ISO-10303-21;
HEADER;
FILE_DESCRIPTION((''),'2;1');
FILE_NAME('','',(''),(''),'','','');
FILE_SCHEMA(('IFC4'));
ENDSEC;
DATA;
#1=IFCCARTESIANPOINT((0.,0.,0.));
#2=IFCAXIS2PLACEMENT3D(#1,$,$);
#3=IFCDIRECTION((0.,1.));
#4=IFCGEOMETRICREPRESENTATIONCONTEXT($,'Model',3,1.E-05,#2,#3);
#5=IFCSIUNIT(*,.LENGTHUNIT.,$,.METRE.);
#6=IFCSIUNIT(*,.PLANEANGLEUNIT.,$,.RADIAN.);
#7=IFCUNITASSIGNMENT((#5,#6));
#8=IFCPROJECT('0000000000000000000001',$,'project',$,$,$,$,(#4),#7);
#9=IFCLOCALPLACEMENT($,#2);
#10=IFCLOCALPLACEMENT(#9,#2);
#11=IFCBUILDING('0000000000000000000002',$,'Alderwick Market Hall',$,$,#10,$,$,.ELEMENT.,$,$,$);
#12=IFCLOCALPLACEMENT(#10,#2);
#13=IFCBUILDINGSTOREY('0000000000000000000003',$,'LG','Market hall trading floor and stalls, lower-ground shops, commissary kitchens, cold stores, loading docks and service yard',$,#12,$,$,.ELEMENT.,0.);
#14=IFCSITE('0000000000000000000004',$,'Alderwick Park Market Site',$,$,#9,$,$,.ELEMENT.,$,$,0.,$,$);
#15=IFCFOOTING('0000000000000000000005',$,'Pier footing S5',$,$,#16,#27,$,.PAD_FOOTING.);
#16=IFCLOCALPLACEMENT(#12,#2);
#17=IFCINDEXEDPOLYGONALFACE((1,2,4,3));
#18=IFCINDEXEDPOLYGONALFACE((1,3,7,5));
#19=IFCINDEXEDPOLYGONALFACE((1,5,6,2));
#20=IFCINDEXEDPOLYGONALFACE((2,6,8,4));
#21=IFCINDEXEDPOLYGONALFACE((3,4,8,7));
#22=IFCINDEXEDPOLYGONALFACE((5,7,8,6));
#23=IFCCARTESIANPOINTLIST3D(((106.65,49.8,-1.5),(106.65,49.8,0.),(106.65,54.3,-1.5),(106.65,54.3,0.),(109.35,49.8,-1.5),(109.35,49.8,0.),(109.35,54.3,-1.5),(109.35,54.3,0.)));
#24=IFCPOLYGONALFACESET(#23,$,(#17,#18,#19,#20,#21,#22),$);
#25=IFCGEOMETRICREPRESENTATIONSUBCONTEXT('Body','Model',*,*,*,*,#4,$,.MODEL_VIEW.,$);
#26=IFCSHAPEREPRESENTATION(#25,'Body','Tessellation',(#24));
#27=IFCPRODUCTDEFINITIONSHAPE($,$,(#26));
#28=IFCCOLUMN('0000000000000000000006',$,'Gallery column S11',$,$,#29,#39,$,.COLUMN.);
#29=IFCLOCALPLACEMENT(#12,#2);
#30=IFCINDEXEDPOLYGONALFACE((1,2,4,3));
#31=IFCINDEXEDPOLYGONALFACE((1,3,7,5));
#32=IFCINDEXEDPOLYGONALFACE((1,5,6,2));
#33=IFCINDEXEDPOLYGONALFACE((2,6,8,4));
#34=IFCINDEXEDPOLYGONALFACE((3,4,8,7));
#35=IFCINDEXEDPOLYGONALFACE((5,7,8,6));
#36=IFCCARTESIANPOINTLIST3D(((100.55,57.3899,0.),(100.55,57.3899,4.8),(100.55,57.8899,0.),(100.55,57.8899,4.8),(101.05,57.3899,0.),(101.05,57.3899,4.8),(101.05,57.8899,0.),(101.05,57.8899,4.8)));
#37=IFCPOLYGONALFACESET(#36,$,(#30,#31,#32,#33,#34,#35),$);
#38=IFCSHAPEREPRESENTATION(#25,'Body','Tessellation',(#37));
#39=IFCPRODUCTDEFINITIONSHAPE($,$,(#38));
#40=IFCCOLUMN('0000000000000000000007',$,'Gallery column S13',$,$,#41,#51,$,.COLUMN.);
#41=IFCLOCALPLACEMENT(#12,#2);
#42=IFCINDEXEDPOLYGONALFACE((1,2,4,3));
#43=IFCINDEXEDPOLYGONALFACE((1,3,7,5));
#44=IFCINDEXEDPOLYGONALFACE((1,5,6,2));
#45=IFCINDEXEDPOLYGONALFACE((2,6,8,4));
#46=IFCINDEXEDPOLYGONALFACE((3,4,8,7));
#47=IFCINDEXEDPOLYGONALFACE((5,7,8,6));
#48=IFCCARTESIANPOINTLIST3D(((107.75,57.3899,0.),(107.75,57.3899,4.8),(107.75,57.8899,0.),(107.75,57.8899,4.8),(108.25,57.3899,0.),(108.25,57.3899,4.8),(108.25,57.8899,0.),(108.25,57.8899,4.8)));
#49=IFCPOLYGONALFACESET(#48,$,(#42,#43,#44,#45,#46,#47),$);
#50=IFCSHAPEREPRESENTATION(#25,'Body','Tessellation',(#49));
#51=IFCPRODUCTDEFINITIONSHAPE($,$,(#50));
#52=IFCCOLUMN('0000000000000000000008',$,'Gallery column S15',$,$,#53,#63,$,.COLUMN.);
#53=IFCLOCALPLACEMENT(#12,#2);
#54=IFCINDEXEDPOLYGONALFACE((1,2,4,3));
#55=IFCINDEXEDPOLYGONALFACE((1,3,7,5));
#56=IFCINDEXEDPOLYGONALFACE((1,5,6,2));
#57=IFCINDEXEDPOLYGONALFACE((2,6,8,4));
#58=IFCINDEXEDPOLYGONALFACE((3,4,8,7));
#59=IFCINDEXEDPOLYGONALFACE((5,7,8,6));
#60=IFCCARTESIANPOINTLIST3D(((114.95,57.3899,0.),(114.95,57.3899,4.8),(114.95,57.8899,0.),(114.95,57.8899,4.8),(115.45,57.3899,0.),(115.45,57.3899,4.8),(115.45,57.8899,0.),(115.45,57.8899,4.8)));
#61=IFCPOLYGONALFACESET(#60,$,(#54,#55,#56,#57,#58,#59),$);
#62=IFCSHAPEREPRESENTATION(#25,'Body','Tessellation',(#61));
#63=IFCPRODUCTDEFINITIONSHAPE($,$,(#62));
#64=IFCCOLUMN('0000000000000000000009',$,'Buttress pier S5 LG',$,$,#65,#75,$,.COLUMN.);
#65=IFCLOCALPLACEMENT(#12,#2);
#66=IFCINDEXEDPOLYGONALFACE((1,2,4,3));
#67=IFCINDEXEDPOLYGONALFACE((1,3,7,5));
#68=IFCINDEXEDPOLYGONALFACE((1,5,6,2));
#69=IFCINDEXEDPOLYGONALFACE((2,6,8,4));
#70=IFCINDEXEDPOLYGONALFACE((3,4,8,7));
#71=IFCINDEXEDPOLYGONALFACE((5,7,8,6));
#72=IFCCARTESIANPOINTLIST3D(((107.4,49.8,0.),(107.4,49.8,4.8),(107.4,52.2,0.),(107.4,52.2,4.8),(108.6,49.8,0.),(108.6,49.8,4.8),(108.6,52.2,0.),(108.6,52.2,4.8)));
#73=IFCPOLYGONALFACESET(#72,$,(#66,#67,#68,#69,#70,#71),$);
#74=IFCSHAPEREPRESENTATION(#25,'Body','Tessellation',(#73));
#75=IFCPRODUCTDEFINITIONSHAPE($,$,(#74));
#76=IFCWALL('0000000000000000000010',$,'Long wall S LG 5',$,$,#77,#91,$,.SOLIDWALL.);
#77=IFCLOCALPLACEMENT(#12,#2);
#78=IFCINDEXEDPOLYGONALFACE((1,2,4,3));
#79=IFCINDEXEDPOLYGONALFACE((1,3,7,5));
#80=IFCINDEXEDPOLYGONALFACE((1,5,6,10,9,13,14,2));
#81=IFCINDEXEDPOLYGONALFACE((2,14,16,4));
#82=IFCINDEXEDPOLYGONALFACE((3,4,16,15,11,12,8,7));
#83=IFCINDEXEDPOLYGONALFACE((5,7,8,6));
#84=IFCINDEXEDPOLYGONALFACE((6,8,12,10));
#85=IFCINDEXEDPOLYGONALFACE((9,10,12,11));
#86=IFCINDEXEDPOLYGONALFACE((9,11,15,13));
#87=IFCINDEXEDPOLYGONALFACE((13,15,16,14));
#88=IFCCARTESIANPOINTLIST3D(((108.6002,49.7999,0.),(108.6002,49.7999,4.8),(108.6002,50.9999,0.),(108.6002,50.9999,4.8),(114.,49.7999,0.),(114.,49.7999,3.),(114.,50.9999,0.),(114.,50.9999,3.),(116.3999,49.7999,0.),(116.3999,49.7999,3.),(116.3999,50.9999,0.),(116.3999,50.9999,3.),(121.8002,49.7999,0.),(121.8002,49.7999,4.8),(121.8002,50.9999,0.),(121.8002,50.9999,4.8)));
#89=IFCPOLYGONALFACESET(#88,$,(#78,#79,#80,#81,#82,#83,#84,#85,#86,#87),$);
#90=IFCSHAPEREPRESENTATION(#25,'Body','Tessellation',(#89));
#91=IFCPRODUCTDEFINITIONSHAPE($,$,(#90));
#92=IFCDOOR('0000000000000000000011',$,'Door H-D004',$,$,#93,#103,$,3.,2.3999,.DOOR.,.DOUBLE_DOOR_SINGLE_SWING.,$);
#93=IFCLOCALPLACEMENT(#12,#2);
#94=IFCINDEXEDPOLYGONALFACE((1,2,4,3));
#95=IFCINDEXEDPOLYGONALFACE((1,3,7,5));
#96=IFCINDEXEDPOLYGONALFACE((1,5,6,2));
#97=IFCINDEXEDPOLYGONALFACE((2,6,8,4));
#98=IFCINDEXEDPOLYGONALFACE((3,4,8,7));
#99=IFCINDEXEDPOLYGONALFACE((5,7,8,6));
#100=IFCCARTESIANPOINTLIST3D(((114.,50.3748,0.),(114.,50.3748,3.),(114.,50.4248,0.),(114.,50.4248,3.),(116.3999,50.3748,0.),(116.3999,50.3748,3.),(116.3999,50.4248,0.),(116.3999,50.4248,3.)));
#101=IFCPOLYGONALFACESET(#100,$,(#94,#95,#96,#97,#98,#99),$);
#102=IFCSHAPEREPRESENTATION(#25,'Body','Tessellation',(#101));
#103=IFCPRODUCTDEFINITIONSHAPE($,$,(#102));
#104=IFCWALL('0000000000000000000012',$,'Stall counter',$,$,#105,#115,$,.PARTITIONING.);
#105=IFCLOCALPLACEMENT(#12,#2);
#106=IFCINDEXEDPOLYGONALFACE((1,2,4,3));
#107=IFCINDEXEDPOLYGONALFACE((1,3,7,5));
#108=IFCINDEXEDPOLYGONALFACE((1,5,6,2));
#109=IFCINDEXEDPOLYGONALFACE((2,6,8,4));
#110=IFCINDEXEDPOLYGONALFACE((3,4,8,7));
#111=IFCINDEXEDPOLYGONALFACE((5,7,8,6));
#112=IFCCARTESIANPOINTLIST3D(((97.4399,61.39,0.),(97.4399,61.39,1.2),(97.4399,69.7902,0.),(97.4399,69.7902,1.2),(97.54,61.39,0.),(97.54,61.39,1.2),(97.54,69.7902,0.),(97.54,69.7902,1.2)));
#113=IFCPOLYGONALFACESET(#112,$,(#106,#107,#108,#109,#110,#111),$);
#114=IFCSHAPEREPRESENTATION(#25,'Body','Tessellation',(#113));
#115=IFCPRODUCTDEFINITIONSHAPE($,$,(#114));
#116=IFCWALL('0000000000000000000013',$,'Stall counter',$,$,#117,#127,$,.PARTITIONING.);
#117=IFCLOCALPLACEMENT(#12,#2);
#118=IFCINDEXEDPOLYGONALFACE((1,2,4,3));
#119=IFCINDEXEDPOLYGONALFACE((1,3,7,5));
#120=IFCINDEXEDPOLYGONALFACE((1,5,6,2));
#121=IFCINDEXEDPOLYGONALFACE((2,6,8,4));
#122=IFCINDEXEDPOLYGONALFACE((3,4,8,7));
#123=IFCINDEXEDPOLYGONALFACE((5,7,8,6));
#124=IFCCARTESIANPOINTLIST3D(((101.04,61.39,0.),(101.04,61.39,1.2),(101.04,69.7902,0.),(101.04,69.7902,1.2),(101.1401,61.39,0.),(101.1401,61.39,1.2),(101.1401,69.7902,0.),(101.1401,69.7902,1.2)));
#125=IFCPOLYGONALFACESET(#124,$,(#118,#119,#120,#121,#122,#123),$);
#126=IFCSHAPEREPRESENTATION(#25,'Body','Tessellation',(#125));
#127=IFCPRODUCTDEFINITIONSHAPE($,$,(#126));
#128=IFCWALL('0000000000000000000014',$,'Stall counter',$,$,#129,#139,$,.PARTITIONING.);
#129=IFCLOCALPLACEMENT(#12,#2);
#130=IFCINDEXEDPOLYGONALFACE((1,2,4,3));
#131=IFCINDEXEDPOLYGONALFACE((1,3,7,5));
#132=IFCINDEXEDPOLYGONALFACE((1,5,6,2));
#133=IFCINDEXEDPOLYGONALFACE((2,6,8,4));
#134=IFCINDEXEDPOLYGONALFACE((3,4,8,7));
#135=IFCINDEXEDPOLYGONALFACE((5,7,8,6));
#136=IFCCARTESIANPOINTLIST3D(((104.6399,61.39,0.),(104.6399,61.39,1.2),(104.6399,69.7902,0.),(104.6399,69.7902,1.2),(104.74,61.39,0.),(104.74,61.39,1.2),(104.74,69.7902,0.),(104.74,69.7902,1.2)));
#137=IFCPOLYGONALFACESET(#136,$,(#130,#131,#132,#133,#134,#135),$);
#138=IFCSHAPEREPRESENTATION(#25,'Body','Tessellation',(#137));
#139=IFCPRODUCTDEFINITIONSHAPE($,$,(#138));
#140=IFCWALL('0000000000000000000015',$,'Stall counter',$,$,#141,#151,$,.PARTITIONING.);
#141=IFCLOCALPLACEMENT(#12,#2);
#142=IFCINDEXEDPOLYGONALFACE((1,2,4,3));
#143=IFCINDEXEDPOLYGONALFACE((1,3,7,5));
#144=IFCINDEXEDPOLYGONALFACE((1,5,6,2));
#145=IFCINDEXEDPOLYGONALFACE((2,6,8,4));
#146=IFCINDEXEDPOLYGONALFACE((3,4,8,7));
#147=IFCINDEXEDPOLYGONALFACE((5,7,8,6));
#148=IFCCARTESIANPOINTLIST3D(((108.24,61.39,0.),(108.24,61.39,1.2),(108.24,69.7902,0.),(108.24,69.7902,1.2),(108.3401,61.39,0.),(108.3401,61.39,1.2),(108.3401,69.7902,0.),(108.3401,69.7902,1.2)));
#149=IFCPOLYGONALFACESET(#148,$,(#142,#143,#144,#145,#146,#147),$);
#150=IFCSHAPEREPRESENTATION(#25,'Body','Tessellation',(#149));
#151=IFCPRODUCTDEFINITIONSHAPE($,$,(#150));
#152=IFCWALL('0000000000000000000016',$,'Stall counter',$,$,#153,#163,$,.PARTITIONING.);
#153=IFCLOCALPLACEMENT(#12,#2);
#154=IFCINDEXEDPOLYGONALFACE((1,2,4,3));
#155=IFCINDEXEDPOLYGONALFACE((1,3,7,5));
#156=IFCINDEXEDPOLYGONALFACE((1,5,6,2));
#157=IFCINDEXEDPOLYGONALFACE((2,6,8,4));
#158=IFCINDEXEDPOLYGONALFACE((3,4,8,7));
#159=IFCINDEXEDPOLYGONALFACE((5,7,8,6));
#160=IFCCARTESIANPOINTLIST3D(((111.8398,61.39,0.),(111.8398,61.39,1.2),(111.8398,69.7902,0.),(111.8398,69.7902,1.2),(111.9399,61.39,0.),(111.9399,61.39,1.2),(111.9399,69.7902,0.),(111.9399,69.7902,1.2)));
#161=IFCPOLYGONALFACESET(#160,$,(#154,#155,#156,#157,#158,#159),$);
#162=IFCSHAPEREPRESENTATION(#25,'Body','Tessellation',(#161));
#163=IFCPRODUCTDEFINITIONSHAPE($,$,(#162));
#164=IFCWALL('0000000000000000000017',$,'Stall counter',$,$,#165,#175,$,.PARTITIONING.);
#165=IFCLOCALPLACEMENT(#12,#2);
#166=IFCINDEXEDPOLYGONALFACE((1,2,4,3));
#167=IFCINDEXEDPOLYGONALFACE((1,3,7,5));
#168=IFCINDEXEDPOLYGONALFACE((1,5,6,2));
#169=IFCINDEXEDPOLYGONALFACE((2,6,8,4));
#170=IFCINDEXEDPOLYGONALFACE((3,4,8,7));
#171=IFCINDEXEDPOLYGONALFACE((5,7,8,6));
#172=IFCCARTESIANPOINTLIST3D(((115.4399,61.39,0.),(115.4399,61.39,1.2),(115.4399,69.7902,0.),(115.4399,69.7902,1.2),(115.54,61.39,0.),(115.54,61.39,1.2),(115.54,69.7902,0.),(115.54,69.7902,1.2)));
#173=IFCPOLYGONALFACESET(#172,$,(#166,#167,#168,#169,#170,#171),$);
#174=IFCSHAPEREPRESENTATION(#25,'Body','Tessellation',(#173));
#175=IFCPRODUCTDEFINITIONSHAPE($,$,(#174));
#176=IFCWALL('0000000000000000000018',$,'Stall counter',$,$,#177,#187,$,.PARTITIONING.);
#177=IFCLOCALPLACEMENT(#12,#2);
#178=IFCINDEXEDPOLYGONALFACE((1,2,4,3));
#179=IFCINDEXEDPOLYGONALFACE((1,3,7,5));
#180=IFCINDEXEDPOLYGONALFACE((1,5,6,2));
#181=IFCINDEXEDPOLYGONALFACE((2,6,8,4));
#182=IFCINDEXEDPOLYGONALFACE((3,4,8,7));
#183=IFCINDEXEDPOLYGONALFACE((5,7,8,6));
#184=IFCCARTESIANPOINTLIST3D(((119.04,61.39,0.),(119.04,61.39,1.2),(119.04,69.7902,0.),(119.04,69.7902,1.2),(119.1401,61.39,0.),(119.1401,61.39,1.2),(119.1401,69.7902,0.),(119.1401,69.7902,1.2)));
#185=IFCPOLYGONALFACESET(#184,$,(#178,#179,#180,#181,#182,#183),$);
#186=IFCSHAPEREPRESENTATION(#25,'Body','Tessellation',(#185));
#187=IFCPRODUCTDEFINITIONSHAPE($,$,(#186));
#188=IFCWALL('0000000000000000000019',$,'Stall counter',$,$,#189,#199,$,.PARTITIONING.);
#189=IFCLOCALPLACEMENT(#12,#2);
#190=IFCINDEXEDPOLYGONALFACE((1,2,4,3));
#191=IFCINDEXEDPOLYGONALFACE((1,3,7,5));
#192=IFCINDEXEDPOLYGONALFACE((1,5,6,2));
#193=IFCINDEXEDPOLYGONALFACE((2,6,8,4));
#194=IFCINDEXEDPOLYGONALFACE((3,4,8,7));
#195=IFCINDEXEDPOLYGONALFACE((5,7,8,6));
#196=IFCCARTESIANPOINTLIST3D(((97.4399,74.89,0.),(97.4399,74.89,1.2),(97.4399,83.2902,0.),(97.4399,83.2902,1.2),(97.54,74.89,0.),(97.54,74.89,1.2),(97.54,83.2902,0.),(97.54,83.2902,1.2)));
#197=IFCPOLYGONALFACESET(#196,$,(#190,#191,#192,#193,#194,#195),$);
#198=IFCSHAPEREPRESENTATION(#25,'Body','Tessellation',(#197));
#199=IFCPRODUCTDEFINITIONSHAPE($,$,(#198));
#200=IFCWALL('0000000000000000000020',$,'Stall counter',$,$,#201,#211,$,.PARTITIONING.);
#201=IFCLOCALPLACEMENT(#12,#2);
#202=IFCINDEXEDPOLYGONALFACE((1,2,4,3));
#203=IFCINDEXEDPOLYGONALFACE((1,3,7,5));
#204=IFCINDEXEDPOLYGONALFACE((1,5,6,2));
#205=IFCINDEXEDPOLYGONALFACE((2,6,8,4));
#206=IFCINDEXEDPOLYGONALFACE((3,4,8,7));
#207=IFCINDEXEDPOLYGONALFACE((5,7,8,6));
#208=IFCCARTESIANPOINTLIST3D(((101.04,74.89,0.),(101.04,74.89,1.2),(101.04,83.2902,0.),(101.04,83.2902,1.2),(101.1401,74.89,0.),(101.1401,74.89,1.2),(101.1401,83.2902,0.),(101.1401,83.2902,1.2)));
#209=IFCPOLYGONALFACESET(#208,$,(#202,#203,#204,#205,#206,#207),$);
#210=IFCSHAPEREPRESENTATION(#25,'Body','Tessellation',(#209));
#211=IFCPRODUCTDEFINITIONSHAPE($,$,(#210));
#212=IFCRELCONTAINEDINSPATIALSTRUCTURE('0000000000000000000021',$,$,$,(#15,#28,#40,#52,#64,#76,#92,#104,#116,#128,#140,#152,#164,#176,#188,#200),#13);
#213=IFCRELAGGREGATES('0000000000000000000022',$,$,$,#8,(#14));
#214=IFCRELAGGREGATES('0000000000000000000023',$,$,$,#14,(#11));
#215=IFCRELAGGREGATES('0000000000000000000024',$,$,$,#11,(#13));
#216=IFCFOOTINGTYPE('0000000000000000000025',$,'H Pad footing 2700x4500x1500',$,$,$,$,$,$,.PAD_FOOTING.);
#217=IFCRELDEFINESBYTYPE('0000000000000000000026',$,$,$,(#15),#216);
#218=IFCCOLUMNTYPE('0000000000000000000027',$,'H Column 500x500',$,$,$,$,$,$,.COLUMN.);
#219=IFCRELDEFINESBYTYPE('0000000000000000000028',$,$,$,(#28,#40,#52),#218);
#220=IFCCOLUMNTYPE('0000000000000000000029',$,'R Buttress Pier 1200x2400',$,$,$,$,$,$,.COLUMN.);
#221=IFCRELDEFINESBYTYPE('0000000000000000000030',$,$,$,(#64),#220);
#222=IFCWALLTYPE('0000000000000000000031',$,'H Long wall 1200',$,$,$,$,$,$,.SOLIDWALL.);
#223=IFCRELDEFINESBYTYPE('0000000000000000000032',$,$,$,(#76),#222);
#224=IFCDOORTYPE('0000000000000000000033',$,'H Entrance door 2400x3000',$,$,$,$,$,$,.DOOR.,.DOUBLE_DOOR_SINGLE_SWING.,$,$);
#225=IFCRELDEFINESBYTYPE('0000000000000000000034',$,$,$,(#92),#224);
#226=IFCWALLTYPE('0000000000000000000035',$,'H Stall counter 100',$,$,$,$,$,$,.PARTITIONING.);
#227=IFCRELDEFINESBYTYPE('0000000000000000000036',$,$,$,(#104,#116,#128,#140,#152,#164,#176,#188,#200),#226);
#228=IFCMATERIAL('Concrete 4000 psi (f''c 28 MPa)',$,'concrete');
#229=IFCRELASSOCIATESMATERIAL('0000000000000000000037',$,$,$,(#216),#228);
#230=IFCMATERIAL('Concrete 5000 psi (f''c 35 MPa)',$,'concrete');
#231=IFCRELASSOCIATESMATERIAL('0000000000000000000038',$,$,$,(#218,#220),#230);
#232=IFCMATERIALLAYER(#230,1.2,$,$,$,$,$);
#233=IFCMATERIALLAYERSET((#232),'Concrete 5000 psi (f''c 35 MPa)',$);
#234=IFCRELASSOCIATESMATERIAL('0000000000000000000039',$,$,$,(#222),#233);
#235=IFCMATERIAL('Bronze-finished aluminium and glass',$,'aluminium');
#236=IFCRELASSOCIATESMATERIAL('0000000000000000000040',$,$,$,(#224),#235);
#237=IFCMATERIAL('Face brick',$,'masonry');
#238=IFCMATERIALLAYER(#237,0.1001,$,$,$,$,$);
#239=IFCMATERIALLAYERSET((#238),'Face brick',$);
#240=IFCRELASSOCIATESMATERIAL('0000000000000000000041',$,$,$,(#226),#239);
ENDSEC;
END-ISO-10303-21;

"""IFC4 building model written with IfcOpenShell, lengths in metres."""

from ifc_helpers import new_model, si_unit, direction, frame, frame_2d, origin, origin_2d, place, context, subcontext, project, spatial, rectangle, extrude, material, layer, layer_set, material_profile, profile_set, type_object, element, fill, save


model = new_model("IFC4")

# Units and contexts
model_context = context("Model", 3, precision=1e-05, world=origin(), true_north=direction((0.0, 1.0)))
body_context = subcontext(model_context, "Body", "Model", "MODEL_VIEW")
ifc_project = project(units=[si_unit("LENGTHUNIT", "METRE"), si_unit("PLANEANGLEUNIT", "RADIAN")], contexts=[model_context])

# Site, building, storey
site_placement = place(None, origin())
site = spatial("IfcSite", under=ifc_project, at=site_placement, Name="Alderwick Park Market Site", CompositionType="ELEMENT", RefElevation=0.0)
building_placement = place(site_placement, origin())
building = spatial("IfcBuilding", under=site, at=building_placement, Name="Alderwick Market Hall", CompositionType="ELEMENT")
storey_placement = place(building_placement, origin())
storey = spatial("IfcBuildingStorey", under=building, at=storey_placement, Name="LG", Description="Market hall trading floor and stalls, lower-ground shops, commissary kitchens, cold stores, loading docks and service yard", CompositionType="ELEMENT", Elevation=0.0)

# Footing
ifc_material_1 = material(Name="Concrete 4000 psi (f'c 28 MPa)", Category="concrete")
footing_type = type_object("IfcFootingType", Name="H Pad footing 2700x4500x1500", PredefinedType="PAD_FOOTING", material=ifc_material_1)
footing_placement = place(storey_placement, frame((108.0, 52.05, -1.5), z_axis=(0.0, 0.0, 1.0), x_axis=(1.0, 0.0, 0.0)))
element("IfcFooting", 1, at=footing_placement, inside=storey, type_object=footing_type, Name="Pier footing S5", PredefinedType="PAD_FOOTING", context=body_context, shape_type="SweptSolid", body=[
    extrude(rectangle(XDim=2.7, YDim=4.5, at=origin_2d()), origin(), (0.0, 0.0, 1.0), 1.5),
])

# Columns
ifc_material_2 = material(Name="Concrete 5000 psi (f'c 35 MPa)", Category="concrete")
ifc_material_profile_1 = material_profile(ifc_material_2, rectangle(XDim=0.5, YDim=0.5, at=origin_2d()), Name="RC 500x500")
ifc_profile_set_1 = profile_set([ifc_material_profile_1], Name="Concrete 5000 psi (f'c 35 MPa)")
column_type_1 = type_object("IfcColumnType", Name="H Column 500x500", PredefinedType="COLUMN", material=ifc_profile_set_1)
for number, where, z_axis, x_axis, name in (
    (2, (100.8, 57.6399, 0.0), (0.0, 0.0, 1.0), (1.0, 0.0, 0.0), "Gallery column S11"),
    (3, (108.0, 57.6399, 0.0), (0.0, 0.0, 1.0), (1.0, 0.0, 0.0), "Gallery column S13"),
    (4, (115.2, 57.6399, 0.0), (0.0, 0.0, 1.0), (1.0, 0.0, 0.0), "Gallery column S15"),
):
    element("IfcColumn", number, at=place(storey_placement, frame(where, z_axis=z_axis, x_axis=x_axis)), inside=storey, type_object=column_type_1, Name=name, PredefinedType="COLUMN", context=body_context, shape_type="SweptSolid", body=[
        extrude(rectangle(XDim=0.5, YDim=0.5, at=origin_2d()), origin(), (0.0, 0.0, 1.0), 4.8),
    ])
ifc_material_profile_2 = material_profile(ifc_material_2, rectangle(XDim=1.2, YDim=2.3999, at=origin_2d()), Name="RC 1200x2400")
ifc_profile_set_2 = profile_set([ifc_material_profile_2], Name="Concrete 5000 psi (f'c 35 MPa)")
column_type_2 = type_object("IfcColumnType", Name="R Buttress Pier 1200x2400", PredefinedType="COLUMN", material=ifc_profile_set_2)
column_placement = place(storey_placement, frame((108.0, 51.0, 0.0), z_axis=(0.0, 0.0, 1.0), x_axis=(1.0, 0.0, 0.0)))
element("IfcColumn", 5, at=column_placement, inside=storey, type_object=column_type_2, Name="Buttress pier S5 LG", PredefinedType="COLUMN", context=body_context, shape_type="SweptSolid", body=[
    extrude(rectangle(XDim=1.2, YDim=2.3999, at=origin_2d()), origin(), (0.0, 0.0, 1.0), 4.8),
])

# Wall, opening, door
ifc_layer_1 = layer(ifc_material_2, 1.2)
ifc_layer_set_1 = layer_set([ifc_layer_1], Name="Concrete 5000 psi (f'c 35 MPa)")
wall_type_1 = type_object("IfcWallType", Name="H Long wall 1200", PredefinedType="SOLIDWALL", material=ifc_layer_set_1)
wall_1_placement = place(storey_placement, frame((108.6001, 50.3999, 0.0), z_axis=(0.0, 0.0, 1.0), x_axis=(1.0, 0.0, 0.0)))
wall_1 = element("IfcWall", 6, at=wall_1_placement, inside=storey, type_object=wall_type_1, Name="Long wall S LG 5", PredefinedType="SOLIDWALL", context=body_context, shape_type="SweptSolid", body=[
    extrude(rectangle(XDim=13.2, YDim=1.2, at=frame_2d((6.6001, 0.0))), origin(), (0.0, 0.0, 1.0), 4.8),
])
opening_placement = place(wall_1_placement, frame((5.3999, 0.0, 0.0)))
opening = element("IfcOpeningElement", 7, at=opening_placement, cuts=wall_1, PredefinedType="OPENING", context=body_context, shape_type="SweptSolid", body=[
    extrude(rectangle(XDim=2.3999, YDim=3.0, at=frame_2d((1.2, 1.5))), frame((0.0, 0.6099, 0.0), z_axis=(0.0, -1.0, 0.0), x_axis=(1.0, 0.0, 0.0)), (0.0, 0.0, 1.0), 1.22),
])
ifc_material_3 = material(Name="Bronze-finished aluminium and glass", Category="aluminium")
door_type = type_object("IfcDoorType", Name="H Entrance door 2400x3000", OperationType="DOUBLE_DOOR_SINGLE_SWING", PredefinedType="DOOR", material=ifc_material_3)
door_placement = place(opening_placement, origin())
door = element("IfcDoor", 8, at=door_placement, inside=storey, type_object=door_type, Name="Door H-D004", OperationType="DOUBLE_DOOR_SINGLE_SWING", OverallHeight=3.0, OverallWidth=2.3999, PredefinedType="DOOR", context=body_context, shape_type="SweptSolid", body=[
    extrude(rectangle(XDim=2.3999, YDim=3.0, at=frame_2d((1.2, 1.5))), frame((0.0, 0.0249, 0.0), z_axis=(0.0, -1.0, 0.0), x_axis=(1.0, 0.0, 0.0)), (0.0, 0.0, 1.0), 0.05),
])
fill(opening, door)

# Walls
ifc_material_4 = material(Name="Face brick", Category="masonry")
ifc_layer_2 = layer(ifc_material_4, 0.1001)
ifc_layer_set_2 = layer_set([ifc_layer_2], Name="Face brick")
wall_type_2 = type_object("IfcWallType", Name="H Stall counter 100", PredefinedType="PARTITIONING", material=ifc_layer_set_2)
for number, where, z_axis, x_axis, name in (
    (9, (97.49, 61.3899, 0.0), (0.0, 0.0, 1.0), (0.0, 1.0, 0.0), "Stall counter"),
    (10, (101.0901, 61.3899, 0.0), (0.0, 0.0, 1.0), (0.0, 1.0, 0.0), "Stall counter"),
    (11, (104.6899, 61.3899, 0.0), (0.0, 0.0, 1.0), (0.0, 1.0, 0.0), "Stall counter"),
    (12, (108.29, 61.3899, 0.0), (0.0, 0.0, 1.0), (0.0, 1.0, 0.0), "Stall counter"),
    (13, (111.8899, 61.3899, 0.0), (0.0, 0.0, 1.0), (0.0, 1.0, 0.0), "Stall counter"),
    (14, (115.49, 61.3899, 0.0), (0.0, 0.0, 1.0), (0.0, 1.0, 0.0), "Stall counter"),
    (15, (119.0901, 61.3899, 0.0), (0.0, 0.0, 1.0), (0.0, 1.0, 0.0), "Stall counter"),
    (16, (97.49, 74.8899, 0.0), (0.0, 0.0, 1.0), (0.0, 1.0, 0.0), "Stall counter"),
    (17, (101.0901, 74.8899, 0.0), (0.0, 0.0, 1.0), (0.0, 1.0, 0.0), "Stall counter"),
):
    element("IfcWall", number, at=place(storey_placement, frame(where, z_axis=z_axis, x_axis=x_axis)), inside=storey, type_object=wall_type_2, Name=name, PredefinedType="PARTITIONING", context=body_context, shape_type="SweptSolid", body=[
        extrude(rectangle(XDim=8.4001, YDim=0.1001, at=frame_2d((4.2002, 0.0))), origin(), (0.0, 0.0, 1.0), 1.2),
    ])

save(model, "model.ifc")
